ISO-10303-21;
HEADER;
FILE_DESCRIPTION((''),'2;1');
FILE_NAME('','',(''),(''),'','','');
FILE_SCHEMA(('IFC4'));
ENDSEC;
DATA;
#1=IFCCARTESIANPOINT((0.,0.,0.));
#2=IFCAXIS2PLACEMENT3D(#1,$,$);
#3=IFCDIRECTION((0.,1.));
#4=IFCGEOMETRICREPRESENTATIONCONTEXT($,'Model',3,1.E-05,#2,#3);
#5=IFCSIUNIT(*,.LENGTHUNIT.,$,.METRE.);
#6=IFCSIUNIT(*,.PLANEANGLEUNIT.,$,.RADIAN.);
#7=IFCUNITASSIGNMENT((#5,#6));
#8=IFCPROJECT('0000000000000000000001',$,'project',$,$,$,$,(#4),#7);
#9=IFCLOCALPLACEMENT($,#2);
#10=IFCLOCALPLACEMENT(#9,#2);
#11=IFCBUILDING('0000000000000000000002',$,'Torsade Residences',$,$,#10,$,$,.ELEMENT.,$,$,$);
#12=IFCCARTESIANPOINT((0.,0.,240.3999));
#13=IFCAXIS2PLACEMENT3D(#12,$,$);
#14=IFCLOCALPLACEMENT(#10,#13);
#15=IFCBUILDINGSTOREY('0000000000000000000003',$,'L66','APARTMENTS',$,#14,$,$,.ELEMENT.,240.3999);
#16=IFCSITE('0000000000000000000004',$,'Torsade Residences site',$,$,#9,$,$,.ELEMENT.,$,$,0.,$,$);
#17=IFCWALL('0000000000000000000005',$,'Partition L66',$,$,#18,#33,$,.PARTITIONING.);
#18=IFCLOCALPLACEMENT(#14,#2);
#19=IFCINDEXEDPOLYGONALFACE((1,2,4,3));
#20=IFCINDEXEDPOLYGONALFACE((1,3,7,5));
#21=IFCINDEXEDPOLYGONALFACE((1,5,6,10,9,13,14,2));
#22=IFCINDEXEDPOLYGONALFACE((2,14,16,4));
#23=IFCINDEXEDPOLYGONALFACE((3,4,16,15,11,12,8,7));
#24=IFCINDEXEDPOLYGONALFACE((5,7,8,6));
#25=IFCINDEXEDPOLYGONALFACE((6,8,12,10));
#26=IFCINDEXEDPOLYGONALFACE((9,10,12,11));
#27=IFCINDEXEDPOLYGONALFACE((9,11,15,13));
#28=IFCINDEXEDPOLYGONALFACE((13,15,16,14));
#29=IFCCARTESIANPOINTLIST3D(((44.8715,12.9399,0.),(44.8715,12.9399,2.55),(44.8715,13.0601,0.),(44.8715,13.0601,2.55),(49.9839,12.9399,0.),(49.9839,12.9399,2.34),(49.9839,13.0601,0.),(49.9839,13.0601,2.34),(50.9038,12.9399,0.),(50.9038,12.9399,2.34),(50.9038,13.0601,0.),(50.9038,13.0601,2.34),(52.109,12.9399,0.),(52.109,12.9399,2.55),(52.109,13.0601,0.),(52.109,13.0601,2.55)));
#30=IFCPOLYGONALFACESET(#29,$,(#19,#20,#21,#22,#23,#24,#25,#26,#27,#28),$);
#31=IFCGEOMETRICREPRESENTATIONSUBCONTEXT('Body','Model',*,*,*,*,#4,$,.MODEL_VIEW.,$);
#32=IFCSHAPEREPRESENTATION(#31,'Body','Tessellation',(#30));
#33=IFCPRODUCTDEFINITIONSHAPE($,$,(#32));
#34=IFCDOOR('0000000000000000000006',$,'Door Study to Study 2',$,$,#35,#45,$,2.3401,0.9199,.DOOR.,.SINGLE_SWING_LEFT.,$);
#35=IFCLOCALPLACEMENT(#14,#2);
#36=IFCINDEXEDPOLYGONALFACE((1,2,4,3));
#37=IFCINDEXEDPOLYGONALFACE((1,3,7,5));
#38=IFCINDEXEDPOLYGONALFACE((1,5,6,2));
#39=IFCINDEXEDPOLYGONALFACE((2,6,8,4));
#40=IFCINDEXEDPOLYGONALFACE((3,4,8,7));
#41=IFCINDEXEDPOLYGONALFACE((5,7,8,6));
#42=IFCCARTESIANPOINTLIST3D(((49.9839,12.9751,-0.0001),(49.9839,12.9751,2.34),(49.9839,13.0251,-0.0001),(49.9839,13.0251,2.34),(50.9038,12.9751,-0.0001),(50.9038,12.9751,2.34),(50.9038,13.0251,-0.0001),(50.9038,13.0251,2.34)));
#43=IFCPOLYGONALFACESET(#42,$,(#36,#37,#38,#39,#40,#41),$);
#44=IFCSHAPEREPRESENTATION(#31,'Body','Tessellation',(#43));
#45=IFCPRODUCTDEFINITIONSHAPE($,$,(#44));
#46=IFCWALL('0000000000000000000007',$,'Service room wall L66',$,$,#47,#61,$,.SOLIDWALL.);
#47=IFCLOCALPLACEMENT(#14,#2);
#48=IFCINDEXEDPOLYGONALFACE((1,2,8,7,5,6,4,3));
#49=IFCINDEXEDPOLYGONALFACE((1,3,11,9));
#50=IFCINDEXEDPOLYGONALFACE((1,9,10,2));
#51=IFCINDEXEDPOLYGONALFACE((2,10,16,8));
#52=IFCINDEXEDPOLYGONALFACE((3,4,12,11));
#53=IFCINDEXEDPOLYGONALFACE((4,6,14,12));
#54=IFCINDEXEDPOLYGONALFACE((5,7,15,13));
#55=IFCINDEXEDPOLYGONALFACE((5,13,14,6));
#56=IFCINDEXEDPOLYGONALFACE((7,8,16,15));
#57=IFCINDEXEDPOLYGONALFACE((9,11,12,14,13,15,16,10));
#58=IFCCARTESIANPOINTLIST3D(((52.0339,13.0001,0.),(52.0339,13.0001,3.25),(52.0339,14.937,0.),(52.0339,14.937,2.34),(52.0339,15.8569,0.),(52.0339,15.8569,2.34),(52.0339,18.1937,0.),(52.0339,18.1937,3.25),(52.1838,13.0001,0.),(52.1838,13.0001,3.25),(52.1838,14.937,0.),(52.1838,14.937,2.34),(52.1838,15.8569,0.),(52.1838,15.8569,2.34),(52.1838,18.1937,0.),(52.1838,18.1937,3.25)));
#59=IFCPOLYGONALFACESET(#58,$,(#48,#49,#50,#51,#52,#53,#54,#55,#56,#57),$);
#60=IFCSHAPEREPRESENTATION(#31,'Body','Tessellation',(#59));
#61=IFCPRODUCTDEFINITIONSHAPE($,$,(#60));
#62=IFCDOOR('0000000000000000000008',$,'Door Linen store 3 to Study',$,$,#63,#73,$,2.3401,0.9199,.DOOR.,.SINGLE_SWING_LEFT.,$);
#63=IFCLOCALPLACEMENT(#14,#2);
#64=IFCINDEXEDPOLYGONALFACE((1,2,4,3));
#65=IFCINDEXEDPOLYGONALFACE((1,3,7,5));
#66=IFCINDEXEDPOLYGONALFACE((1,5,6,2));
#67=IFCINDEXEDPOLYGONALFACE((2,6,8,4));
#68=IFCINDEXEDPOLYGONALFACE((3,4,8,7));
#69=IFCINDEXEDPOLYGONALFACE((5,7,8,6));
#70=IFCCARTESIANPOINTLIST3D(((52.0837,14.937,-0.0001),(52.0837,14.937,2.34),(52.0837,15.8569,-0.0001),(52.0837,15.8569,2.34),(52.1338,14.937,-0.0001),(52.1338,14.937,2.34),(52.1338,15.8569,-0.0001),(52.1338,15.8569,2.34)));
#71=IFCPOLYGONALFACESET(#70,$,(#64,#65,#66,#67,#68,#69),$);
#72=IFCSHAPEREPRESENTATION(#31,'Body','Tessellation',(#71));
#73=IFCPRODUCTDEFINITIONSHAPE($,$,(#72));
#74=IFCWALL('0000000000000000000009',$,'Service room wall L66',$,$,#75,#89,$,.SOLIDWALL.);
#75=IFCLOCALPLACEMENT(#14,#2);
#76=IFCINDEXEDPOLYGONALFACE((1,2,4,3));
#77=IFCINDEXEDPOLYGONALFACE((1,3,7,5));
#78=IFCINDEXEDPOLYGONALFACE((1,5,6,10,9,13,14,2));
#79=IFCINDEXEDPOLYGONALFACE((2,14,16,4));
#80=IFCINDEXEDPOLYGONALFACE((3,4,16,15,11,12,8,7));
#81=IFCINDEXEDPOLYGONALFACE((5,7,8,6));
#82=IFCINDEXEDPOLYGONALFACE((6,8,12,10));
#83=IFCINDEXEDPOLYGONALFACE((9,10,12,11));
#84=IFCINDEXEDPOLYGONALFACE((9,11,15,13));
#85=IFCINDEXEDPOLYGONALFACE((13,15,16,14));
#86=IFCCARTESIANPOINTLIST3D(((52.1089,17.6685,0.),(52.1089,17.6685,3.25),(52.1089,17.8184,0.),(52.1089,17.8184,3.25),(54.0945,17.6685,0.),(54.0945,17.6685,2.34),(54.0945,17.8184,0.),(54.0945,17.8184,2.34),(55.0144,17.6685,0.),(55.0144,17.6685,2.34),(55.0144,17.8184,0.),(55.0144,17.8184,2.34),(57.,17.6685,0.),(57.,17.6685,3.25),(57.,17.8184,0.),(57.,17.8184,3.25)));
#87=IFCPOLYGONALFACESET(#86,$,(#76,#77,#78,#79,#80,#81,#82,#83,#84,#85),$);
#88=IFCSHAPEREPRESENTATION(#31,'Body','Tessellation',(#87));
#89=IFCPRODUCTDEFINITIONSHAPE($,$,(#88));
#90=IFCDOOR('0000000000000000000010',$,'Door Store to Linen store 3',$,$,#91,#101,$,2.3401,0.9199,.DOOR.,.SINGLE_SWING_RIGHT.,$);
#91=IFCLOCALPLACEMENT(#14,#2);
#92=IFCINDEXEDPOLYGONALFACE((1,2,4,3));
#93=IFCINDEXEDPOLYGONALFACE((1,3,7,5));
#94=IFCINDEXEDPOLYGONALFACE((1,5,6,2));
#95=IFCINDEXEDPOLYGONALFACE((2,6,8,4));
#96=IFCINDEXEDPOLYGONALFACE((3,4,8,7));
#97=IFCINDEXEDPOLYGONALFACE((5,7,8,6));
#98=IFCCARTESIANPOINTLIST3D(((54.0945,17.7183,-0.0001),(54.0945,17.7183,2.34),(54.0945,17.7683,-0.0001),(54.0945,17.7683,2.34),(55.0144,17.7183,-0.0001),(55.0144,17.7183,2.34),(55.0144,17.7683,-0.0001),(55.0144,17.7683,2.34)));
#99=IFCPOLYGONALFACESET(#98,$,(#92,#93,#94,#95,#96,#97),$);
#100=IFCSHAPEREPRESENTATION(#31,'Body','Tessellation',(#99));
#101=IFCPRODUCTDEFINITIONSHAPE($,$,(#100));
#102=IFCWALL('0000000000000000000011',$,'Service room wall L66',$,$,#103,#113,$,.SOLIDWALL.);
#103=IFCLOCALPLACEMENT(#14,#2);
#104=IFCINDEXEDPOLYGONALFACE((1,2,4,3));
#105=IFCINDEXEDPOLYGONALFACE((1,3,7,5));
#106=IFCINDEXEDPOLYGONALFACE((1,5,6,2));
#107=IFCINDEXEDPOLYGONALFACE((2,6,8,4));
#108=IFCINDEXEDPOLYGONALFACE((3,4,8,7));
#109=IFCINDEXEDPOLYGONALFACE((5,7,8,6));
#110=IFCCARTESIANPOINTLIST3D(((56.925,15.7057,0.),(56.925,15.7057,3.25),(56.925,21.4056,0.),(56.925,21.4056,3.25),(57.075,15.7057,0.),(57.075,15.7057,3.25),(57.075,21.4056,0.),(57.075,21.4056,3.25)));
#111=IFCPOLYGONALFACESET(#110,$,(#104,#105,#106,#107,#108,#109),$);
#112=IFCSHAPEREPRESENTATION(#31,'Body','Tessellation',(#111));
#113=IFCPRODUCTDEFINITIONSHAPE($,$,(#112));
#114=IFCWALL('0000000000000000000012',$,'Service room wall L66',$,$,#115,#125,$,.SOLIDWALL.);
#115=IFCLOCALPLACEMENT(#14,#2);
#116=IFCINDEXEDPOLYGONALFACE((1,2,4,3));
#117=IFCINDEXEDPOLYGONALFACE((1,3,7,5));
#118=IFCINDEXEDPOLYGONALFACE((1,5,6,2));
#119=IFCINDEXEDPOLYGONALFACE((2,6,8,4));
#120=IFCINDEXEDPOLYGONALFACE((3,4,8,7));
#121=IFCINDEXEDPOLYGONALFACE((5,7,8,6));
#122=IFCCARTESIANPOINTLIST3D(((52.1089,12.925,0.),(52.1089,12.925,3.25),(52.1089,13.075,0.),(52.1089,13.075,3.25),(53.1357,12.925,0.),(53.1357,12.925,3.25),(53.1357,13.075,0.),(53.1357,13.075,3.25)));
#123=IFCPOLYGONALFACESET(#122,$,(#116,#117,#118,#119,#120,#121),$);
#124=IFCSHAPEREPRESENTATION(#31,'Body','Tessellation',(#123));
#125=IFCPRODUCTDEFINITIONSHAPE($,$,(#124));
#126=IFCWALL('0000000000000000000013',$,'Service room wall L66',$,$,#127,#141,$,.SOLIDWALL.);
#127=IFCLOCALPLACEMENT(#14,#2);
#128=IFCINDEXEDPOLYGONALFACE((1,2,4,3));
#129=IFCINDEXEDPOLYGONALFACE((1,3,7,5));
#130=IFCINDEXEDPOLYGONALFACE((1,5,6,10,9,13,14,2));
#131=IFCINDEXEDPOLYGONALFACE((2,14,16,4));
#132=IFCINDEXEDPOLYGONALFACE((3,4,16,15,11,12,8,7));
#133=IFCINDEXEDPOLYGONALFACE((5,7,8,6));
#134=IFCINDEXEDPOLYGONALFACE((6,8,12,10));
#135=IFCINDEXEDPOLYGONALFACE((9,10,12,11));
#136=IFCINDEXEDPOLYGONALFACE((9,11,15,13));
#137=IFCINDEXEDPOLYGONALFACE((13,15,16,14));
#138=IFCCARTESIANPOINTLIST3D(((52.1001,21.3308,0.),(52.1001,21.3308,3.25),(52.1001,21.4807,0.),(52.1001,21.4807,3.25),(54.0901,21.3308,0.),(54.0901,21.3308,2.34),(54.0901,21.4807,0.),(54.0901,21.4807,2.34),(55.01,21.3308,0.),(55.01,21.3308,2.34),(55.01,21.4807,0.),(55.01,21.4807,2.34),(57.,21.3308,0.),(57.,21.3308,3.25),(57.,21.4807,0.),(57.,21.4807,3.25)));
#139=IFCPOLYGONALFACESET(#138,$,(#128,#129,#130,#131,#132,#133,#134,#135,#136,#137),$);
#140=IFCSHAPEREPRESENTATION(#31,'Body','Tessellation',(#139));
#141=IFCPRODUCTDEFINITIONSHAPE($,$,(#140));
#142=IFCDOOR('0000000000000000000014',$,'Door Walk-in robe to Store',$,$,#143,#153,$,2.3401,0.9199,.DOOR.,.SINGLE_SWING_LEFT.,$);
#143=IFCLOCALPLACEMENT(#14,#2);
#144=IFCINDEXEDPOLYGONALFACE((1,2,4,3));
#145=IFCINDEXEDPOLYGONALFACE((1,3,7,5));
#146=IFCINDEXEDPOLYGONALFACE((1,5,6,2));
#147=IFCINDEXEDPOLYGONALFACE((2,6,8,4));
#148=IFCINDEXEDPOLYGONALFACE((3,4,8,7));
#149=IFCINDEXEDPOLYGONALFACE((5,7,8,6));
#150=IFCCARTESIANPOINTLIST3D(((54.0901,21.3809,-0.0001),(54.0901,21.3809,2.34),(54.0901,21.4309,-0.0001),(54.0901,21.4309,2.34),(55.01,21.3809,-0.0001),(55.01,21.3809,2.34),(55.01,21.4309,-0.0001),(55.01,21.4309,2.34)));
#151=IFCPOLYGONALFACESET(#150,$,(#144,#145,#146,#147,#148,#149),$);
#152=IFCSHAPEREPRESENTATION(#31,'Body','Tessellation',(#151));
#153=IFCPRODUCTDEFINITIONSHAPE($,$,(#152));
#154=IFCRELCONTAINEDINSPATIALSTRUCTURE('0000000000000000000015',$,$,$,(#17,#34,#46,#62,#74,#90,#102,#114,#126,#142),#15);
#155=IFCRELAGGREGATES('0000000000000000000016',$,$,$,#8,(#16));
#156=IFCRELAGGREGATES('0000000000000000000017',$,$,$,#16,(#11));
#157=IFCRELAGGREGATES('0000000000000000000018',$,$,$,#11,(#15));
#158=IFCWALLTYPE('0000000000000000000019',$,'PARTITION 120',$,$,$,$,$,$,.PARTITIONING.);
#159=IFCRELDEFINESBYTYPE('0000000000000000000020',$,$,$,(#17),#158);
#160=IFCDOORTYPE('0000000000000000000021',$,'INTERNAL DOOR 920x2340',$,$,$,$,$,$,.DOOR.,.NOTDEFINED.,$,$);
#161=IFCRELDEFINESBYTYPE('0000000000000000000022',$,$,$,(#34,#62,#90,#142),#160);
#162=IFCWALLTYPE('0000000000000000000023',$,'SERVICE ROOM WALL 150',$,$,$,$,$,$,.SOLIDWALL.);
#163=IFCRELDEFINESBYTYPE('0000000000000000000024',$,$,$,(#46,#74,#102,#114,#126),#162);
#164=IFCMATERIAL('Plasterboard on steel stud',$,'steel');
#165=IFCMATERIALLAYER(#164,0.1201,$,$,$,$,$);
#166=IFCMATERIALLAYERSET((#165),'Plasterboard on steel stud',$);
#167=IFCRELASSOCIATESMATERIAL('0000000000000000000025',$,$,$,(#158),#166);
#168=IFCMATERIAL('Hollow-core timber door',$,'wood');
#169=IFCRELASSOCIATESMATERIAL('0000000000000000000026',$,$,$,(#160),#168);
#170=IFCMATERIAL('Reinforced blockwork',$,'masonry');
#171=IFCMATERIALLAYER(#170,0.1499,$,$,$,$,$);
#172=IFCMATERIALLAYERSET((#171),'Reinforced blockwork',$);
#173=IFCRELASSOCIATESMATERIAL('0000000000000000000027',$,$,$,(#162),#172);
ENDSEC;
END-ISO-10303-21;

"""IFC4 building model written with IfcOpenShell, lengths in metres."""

from ifc_helpers import new_model, si_unit, direction, frame, frame_2d, origin, place, context, subcontext, project, spatial, rectangle, extrude, material, layer, layer_set, type_object, element, fill, save


model = new_model("IFC4")

# Units and contexts
model_context = context("Model", 3, precision=1e-05, world=origin(), true_north=direction((0.0, 1.0)))
body_context = subcontext(model_context, "Body", "Model", "MODEL_VIEW")
ifc_project = project(units=[si_unit("LENGTHUNIT", "METRE"), si_unit("PLANEANGLEUNIT", "RADIAN")], contexts=[model_context])

# Site, building, storey
site_placement = place(None, origin())
site = spatial("IfcSite", under=ifc_project, at=site_placement, Name="Torsade Residences site", CompositionType="ELEMENT", RefElevation=0.0)
building_placement = place(site_placement, origin())
building = spatial("IfcBuilding", under=site, at=building_placement, Name="Torsade Residences", CompositionType="ELEMENT")
storey_placement = place(building_placement, frame((0.0, 0.0, 240.3999)))
storey = spatial("IfcBuildingStorey", under=building, at=storey_placement, Name="L66", Description="APARTMENTS", CompositionType="ELEMENT", Elevation=240.3999)

# Walls, openings, doors
ifc_material_1 = material(Name="Plasterboard on steel stud", Category="steel")
ifc_layer_1 = layer(ifc_material_1, 0.1201)
ifc_layer_set_1 = layer_set([ifc_layer_1], Name="Plasterboard on steel stud")
wall_type_1 = type_object("IfcWallType", Name="PARTITION 120", PredefinedType="PARTITIONING", material=ifc_layer_set_1)
ifc_material_2 = material(Name="Hollow-core timber door", Category="wood")
door_type_1 = type_object("IfcDoorType", Name="INTERNAL DOOR 920x2340", OperationType="NOTDEFINED", PredefinedType="DOOR", material=ifc_material_2)
wall_1_placement = place(storey_placement, frame((52.1089, 13.0, 0.0), z_axis=(0.0, 0.0, 1.0), x_axis=(-1.0, 0.0, 0.0)))
wall_1 = element("IfcWall", 1, at=wall_1_placement, inside=storey, type_object=wall_type_1, Name="Partition L66", PredefinedType="PARTITIONING", context=body_context, shape_type="SweptSolid", body=[
    extrude(rectangle(XDim=7.2375, YDim=0.1201, at=frame_2d((3.6187, 0.0))), origin(), (0.0, 0.0, 1.0), 2.55),
])
opening_1_placement = place(wall_1_placement, frame((1.2051, 0.0, 0.0)))
opening_1 = element("IfcOpeningElement", 2, at=opening_1_placement, cuts=wall_1, PredefinedType="OPENING", context=body_context, shape_type="SweptSolid", body=[
    extrude(rectangle(XDim=0.9199, YDim=2.3401, at=frame_2d((0.46, 1.1699))), frame((0.0, 0.0701, 0.0), z_axis=(0.0, -1.0, 0.0), x_axis=(1.0, 0.0, 0.0)), (0.0, 0.0, 1.0), 0.1401),
])
door_1_placement = place(opening_1_placement, origin())
door_1 = element("IfcDoor", 3, at=door_1_placement, inside=storey, type_object=door_type_1, Name="Door Study to Study 2", OperationType="SINGLE_SWING_LEFT", OverallHeight=2.3401, OverallWidth=0.9199, PredefinedType="DOOR", context=body_context, shape_type="SweptSolid", body=[
    extrude(rectangle(XDim=0.9199, YDim=2.3401, at=frame_2d((0.46, 1.1699))), frame((0.0, 0.0249, 0.0), z_axis=(0.0, -1.0, 0.0), x_axis=(1.0, 0.0, 0.0)), (0.0, 0.0, 1.0), 0.05),
])
fill(opening_1, door_1)
ifc_material_3 = material(Name="Reinforced blockwork", Category="masonry")
ifc_layer_2 = layer(ifc_material_3, 0.1499)
ifc_layer_set_2 = layer_set([ifc_layer_2], Name="Reinforced blockwork")
wall_type_2 = type_object("IfcWallType", Name="SERVICE ROOM WALL 150", PredefinedType="SOLIDWALL", material=ifc_layer_set_2)
wall_2_placement = place(storey_placement, frame((52.1089, 18.1936, 0.0), z_axis=(0.0, 0.0, 1.0), x_axis=(0.0, -1.0, 0.0)))
wall_2 = element("IfcWall", 4, at=wall_2_placement, inside=storey, type_object=wall_type_2, Name="Service room wall L66", PredefinedType="SOLIDWALL", context=body_context, shape_type="SweptSolid", body=[
    extrude(rectangle(XDim=5.1936, YDim=0.1499, at=frame_2d((2.5967, 0.0))), origin(), (0.0, 0.0, 1.0), 3.25),
])
opening_2_placement = place(wall_2_placement, frame((2.3367, 0.0, 0.0)))
opening_2 = element("IfcOpeningElement", 5, at=opening_2_placement, cuts=wall_2, PredefinedType="OPENING", context=body_context, shape_type="SweptSolid", body=[
    extrude(rectangle(XDim=0.9199, YDim=2.3401, at=frame_2d((0.46, 1.1699))), frame((0.0, 0.085, 0.0), z_axis=(0.0, -1.0, 0.0), x_axis=(1.0, 0.0, 0.0)), (0.0, 0.0, 1.0), 0.1699),
])
door_2_placement = place(opening_2_placement, origin())
door_2 = element("IfcDoor", 6, at=door_2_placement, inside=storey, type_object=door_type_1, Name="Door Linen store 3 to Study", OperationType="SINGLE_SWING_LEFT", OverallHeight=2.3401, OverallWidth=0.9199, PredefinedType="DOOR", context=body_context, shape_type="SweptSolid", body=[
    extrude(rectangle(XDim=0.9199, YDim=2.3401, at=frame_2d((0.46, 1.1699))), frame((0.0, 0.0249, 0.0), z_axis=(0.0, -1.0, 0.0), x_axis=(1.0, 0.0, 0.0)), (0.0, 0.0, 1.0), 0.05),
])
fill(opening_2, door_2)
wall_3_placement = place(storey_placement, frame((52.1089, 17.7434, 0.0), z_axis=(0.0, 0.0, 1.0), x_axis=(1.0, 0.0, 0.0)))
wall_3 = element("IfcWall", 7, at=wall_3_placement, inside=storey, type_object=wall_type_2, Name="Service room wall L66", PredefinedType="SOLIDWALL", context=body_context, shape_type="SweptSolid", body=[
    extrude(rectangle(XDim=4.8911, YDim=0.1499, at=frame_2d((2.4456, 0.0))), origin(), (0.0, 0.0, 1.0), 3.25),
])
opening_3_placement = place(wall_3_placement, frame((1.9856, 0.0, 0.0)))
opening_3 = element("IfcOpeningElement", 8, at=opening_3_placement, cuts=wall_3, PredefinedType="OPENING", context=body_context, shape_type="SweptSolid", body=[
    extrude(rectangle(XDim=0.9199, YDim=2.3401, at=frame_2d((0.46, 1.1699))), frame((0.0, 0.085, 0.0), z_axis=(0.0, -1.0, 0.0), x_axis=(1.0, 0.0, 0.0)), (0.0, 0.0, 1.0), 0.1699),
])
door_3_placement = place(opening_3_placement, origin())
door_3 = element("IfcDoor", 9, at=door_3_placement, inside=storey, type_object=door_type_1, Name="Door Store to Linen store 3", OperationType="SINGLE_SWING_RIGHT", OverallHeight=2.3401, OverallWidth=0.9199, PredefinedType="DOOR", context=body_context, shape_type="SweptSolid", body=[
    extrude(rectangle(XDim=0.9199, YDim=2.3401, at=frame_2d((0.46, 1.1699))), frame((0.0, 0.0249, 0.0), z_axis=(0.0, -1.0, 0.0), x_axis=(1.0, 0.0, 0.0)), (0.0, 0.0, 1.0), 0.05),
])
fill(opening_3, door_3)

# Walls
wall_4_placement = place(storey_placement, frame((57.0, 21.4058, 0.0), z_axis=(0.0, 0.0, 1.0), x_axis=(0.0, -1.0, 0.0)))
element("IfcWall", 10, at=wall_4_placement, inside=storey, type_object=wall_type_2, Name="Service room wall L66", PredefinedType="SOLIDWALL", context=body_context, shape_type="SweptSolid", body=[
    extrude(rectangle(XDim=5.7, YDim=0.1499, at=frame_2d((2.8501, 0.0))), origin(), (0.0, 0.0, 1.0), 3.25),
])
wall_5_placement = place(storey_placement, frame((53.1357, 13.0, 0.0), z_axis=(0.0, 0.0, 1.0), x_axis=(-1.0, 0.0, 0.0)))
element("IfcWall", 11, at=wall_5_placement, inside=storey, type_object=wall_type_2, Name="Service room wall L66", PredefinedType="SOLIDWALL", context=body_context, shape_type="SweptSolid", body=[
    extrude(rectangle(XDim=1.0269, YDim=0.1499, at=frame_2d((0.5134, 0.0))), origin(), (0.0, 0.0, 1.0), 3.25),
])

# Wall, opening, door
wall_6_placement = place(storey_placement, frame((57.0, 21.4058, 0.0), z_axis=(0.0, 0.0, 1.0), x_axis=(-1.0, 0.0, 0.0)))
wall_6 = element("IfcWall", 12, at=wall_6_placement, inside=storey, type_object=wall_type_2, Name="Service room wall L66", PredefinedType="SOLIDWALL", context=body_context, shape_type="SweptSolid", body=[
    extrude(rectangle(XDim=4.8999, YDim=0.1499, at=frame_2d((2.45, 0.0))), origin(), (0.0, 0.0, 1.0), 3.25),
])
opening_4_placement = place(wall_6_placement, frame((1.99, 0.0, 0.0)))
opening_4 = element("IfcOpeningElement", 13, at=opening_4_placement, cuts=wall_6, PredefinedType="OPENING", context=body_context, shape_type="SweptSolid", body=[
    extrude(rectangle(XDim=0.9199, YDim=2.3401, at=frame_2d((0.46, 1.1699))), frame((0.0, 0.085, 0.0), z_axis=(0.0, -1.0, 0.0), x_axis=(1.0, 0.0, 0.0)), (0.0, 0.0, 1.0), 0.1699),
])
door_4_placement = place(opening_4_placement, origin())
door_4 = element("IfcDoor", 14, at=door_4_placement, inside=storey, type_object=door_type_1, Name="Door Walk-in robe to Store", OperationType="SINGLE_SWING_LEFT", OverallHeight=2.3401, OverallWidth=0.9199, PredefinedType="DOOR", context=body_context, shape_type="SweptSolid", body=[
    extrude(rectangle(XDim=0.9199, YDim=2.3401, at=frame_2d((0.46, 1.1699))), frame((0.0, 0.0249, 0.0), z_axis=(0.0, -1.0, 0.0), x_axis=(1.0, 0.0, 0.0)), (0.0, 0.0, 1.0), 0.05),
])
fill(opening_4, door_4)

save(model, "model.ifc")
